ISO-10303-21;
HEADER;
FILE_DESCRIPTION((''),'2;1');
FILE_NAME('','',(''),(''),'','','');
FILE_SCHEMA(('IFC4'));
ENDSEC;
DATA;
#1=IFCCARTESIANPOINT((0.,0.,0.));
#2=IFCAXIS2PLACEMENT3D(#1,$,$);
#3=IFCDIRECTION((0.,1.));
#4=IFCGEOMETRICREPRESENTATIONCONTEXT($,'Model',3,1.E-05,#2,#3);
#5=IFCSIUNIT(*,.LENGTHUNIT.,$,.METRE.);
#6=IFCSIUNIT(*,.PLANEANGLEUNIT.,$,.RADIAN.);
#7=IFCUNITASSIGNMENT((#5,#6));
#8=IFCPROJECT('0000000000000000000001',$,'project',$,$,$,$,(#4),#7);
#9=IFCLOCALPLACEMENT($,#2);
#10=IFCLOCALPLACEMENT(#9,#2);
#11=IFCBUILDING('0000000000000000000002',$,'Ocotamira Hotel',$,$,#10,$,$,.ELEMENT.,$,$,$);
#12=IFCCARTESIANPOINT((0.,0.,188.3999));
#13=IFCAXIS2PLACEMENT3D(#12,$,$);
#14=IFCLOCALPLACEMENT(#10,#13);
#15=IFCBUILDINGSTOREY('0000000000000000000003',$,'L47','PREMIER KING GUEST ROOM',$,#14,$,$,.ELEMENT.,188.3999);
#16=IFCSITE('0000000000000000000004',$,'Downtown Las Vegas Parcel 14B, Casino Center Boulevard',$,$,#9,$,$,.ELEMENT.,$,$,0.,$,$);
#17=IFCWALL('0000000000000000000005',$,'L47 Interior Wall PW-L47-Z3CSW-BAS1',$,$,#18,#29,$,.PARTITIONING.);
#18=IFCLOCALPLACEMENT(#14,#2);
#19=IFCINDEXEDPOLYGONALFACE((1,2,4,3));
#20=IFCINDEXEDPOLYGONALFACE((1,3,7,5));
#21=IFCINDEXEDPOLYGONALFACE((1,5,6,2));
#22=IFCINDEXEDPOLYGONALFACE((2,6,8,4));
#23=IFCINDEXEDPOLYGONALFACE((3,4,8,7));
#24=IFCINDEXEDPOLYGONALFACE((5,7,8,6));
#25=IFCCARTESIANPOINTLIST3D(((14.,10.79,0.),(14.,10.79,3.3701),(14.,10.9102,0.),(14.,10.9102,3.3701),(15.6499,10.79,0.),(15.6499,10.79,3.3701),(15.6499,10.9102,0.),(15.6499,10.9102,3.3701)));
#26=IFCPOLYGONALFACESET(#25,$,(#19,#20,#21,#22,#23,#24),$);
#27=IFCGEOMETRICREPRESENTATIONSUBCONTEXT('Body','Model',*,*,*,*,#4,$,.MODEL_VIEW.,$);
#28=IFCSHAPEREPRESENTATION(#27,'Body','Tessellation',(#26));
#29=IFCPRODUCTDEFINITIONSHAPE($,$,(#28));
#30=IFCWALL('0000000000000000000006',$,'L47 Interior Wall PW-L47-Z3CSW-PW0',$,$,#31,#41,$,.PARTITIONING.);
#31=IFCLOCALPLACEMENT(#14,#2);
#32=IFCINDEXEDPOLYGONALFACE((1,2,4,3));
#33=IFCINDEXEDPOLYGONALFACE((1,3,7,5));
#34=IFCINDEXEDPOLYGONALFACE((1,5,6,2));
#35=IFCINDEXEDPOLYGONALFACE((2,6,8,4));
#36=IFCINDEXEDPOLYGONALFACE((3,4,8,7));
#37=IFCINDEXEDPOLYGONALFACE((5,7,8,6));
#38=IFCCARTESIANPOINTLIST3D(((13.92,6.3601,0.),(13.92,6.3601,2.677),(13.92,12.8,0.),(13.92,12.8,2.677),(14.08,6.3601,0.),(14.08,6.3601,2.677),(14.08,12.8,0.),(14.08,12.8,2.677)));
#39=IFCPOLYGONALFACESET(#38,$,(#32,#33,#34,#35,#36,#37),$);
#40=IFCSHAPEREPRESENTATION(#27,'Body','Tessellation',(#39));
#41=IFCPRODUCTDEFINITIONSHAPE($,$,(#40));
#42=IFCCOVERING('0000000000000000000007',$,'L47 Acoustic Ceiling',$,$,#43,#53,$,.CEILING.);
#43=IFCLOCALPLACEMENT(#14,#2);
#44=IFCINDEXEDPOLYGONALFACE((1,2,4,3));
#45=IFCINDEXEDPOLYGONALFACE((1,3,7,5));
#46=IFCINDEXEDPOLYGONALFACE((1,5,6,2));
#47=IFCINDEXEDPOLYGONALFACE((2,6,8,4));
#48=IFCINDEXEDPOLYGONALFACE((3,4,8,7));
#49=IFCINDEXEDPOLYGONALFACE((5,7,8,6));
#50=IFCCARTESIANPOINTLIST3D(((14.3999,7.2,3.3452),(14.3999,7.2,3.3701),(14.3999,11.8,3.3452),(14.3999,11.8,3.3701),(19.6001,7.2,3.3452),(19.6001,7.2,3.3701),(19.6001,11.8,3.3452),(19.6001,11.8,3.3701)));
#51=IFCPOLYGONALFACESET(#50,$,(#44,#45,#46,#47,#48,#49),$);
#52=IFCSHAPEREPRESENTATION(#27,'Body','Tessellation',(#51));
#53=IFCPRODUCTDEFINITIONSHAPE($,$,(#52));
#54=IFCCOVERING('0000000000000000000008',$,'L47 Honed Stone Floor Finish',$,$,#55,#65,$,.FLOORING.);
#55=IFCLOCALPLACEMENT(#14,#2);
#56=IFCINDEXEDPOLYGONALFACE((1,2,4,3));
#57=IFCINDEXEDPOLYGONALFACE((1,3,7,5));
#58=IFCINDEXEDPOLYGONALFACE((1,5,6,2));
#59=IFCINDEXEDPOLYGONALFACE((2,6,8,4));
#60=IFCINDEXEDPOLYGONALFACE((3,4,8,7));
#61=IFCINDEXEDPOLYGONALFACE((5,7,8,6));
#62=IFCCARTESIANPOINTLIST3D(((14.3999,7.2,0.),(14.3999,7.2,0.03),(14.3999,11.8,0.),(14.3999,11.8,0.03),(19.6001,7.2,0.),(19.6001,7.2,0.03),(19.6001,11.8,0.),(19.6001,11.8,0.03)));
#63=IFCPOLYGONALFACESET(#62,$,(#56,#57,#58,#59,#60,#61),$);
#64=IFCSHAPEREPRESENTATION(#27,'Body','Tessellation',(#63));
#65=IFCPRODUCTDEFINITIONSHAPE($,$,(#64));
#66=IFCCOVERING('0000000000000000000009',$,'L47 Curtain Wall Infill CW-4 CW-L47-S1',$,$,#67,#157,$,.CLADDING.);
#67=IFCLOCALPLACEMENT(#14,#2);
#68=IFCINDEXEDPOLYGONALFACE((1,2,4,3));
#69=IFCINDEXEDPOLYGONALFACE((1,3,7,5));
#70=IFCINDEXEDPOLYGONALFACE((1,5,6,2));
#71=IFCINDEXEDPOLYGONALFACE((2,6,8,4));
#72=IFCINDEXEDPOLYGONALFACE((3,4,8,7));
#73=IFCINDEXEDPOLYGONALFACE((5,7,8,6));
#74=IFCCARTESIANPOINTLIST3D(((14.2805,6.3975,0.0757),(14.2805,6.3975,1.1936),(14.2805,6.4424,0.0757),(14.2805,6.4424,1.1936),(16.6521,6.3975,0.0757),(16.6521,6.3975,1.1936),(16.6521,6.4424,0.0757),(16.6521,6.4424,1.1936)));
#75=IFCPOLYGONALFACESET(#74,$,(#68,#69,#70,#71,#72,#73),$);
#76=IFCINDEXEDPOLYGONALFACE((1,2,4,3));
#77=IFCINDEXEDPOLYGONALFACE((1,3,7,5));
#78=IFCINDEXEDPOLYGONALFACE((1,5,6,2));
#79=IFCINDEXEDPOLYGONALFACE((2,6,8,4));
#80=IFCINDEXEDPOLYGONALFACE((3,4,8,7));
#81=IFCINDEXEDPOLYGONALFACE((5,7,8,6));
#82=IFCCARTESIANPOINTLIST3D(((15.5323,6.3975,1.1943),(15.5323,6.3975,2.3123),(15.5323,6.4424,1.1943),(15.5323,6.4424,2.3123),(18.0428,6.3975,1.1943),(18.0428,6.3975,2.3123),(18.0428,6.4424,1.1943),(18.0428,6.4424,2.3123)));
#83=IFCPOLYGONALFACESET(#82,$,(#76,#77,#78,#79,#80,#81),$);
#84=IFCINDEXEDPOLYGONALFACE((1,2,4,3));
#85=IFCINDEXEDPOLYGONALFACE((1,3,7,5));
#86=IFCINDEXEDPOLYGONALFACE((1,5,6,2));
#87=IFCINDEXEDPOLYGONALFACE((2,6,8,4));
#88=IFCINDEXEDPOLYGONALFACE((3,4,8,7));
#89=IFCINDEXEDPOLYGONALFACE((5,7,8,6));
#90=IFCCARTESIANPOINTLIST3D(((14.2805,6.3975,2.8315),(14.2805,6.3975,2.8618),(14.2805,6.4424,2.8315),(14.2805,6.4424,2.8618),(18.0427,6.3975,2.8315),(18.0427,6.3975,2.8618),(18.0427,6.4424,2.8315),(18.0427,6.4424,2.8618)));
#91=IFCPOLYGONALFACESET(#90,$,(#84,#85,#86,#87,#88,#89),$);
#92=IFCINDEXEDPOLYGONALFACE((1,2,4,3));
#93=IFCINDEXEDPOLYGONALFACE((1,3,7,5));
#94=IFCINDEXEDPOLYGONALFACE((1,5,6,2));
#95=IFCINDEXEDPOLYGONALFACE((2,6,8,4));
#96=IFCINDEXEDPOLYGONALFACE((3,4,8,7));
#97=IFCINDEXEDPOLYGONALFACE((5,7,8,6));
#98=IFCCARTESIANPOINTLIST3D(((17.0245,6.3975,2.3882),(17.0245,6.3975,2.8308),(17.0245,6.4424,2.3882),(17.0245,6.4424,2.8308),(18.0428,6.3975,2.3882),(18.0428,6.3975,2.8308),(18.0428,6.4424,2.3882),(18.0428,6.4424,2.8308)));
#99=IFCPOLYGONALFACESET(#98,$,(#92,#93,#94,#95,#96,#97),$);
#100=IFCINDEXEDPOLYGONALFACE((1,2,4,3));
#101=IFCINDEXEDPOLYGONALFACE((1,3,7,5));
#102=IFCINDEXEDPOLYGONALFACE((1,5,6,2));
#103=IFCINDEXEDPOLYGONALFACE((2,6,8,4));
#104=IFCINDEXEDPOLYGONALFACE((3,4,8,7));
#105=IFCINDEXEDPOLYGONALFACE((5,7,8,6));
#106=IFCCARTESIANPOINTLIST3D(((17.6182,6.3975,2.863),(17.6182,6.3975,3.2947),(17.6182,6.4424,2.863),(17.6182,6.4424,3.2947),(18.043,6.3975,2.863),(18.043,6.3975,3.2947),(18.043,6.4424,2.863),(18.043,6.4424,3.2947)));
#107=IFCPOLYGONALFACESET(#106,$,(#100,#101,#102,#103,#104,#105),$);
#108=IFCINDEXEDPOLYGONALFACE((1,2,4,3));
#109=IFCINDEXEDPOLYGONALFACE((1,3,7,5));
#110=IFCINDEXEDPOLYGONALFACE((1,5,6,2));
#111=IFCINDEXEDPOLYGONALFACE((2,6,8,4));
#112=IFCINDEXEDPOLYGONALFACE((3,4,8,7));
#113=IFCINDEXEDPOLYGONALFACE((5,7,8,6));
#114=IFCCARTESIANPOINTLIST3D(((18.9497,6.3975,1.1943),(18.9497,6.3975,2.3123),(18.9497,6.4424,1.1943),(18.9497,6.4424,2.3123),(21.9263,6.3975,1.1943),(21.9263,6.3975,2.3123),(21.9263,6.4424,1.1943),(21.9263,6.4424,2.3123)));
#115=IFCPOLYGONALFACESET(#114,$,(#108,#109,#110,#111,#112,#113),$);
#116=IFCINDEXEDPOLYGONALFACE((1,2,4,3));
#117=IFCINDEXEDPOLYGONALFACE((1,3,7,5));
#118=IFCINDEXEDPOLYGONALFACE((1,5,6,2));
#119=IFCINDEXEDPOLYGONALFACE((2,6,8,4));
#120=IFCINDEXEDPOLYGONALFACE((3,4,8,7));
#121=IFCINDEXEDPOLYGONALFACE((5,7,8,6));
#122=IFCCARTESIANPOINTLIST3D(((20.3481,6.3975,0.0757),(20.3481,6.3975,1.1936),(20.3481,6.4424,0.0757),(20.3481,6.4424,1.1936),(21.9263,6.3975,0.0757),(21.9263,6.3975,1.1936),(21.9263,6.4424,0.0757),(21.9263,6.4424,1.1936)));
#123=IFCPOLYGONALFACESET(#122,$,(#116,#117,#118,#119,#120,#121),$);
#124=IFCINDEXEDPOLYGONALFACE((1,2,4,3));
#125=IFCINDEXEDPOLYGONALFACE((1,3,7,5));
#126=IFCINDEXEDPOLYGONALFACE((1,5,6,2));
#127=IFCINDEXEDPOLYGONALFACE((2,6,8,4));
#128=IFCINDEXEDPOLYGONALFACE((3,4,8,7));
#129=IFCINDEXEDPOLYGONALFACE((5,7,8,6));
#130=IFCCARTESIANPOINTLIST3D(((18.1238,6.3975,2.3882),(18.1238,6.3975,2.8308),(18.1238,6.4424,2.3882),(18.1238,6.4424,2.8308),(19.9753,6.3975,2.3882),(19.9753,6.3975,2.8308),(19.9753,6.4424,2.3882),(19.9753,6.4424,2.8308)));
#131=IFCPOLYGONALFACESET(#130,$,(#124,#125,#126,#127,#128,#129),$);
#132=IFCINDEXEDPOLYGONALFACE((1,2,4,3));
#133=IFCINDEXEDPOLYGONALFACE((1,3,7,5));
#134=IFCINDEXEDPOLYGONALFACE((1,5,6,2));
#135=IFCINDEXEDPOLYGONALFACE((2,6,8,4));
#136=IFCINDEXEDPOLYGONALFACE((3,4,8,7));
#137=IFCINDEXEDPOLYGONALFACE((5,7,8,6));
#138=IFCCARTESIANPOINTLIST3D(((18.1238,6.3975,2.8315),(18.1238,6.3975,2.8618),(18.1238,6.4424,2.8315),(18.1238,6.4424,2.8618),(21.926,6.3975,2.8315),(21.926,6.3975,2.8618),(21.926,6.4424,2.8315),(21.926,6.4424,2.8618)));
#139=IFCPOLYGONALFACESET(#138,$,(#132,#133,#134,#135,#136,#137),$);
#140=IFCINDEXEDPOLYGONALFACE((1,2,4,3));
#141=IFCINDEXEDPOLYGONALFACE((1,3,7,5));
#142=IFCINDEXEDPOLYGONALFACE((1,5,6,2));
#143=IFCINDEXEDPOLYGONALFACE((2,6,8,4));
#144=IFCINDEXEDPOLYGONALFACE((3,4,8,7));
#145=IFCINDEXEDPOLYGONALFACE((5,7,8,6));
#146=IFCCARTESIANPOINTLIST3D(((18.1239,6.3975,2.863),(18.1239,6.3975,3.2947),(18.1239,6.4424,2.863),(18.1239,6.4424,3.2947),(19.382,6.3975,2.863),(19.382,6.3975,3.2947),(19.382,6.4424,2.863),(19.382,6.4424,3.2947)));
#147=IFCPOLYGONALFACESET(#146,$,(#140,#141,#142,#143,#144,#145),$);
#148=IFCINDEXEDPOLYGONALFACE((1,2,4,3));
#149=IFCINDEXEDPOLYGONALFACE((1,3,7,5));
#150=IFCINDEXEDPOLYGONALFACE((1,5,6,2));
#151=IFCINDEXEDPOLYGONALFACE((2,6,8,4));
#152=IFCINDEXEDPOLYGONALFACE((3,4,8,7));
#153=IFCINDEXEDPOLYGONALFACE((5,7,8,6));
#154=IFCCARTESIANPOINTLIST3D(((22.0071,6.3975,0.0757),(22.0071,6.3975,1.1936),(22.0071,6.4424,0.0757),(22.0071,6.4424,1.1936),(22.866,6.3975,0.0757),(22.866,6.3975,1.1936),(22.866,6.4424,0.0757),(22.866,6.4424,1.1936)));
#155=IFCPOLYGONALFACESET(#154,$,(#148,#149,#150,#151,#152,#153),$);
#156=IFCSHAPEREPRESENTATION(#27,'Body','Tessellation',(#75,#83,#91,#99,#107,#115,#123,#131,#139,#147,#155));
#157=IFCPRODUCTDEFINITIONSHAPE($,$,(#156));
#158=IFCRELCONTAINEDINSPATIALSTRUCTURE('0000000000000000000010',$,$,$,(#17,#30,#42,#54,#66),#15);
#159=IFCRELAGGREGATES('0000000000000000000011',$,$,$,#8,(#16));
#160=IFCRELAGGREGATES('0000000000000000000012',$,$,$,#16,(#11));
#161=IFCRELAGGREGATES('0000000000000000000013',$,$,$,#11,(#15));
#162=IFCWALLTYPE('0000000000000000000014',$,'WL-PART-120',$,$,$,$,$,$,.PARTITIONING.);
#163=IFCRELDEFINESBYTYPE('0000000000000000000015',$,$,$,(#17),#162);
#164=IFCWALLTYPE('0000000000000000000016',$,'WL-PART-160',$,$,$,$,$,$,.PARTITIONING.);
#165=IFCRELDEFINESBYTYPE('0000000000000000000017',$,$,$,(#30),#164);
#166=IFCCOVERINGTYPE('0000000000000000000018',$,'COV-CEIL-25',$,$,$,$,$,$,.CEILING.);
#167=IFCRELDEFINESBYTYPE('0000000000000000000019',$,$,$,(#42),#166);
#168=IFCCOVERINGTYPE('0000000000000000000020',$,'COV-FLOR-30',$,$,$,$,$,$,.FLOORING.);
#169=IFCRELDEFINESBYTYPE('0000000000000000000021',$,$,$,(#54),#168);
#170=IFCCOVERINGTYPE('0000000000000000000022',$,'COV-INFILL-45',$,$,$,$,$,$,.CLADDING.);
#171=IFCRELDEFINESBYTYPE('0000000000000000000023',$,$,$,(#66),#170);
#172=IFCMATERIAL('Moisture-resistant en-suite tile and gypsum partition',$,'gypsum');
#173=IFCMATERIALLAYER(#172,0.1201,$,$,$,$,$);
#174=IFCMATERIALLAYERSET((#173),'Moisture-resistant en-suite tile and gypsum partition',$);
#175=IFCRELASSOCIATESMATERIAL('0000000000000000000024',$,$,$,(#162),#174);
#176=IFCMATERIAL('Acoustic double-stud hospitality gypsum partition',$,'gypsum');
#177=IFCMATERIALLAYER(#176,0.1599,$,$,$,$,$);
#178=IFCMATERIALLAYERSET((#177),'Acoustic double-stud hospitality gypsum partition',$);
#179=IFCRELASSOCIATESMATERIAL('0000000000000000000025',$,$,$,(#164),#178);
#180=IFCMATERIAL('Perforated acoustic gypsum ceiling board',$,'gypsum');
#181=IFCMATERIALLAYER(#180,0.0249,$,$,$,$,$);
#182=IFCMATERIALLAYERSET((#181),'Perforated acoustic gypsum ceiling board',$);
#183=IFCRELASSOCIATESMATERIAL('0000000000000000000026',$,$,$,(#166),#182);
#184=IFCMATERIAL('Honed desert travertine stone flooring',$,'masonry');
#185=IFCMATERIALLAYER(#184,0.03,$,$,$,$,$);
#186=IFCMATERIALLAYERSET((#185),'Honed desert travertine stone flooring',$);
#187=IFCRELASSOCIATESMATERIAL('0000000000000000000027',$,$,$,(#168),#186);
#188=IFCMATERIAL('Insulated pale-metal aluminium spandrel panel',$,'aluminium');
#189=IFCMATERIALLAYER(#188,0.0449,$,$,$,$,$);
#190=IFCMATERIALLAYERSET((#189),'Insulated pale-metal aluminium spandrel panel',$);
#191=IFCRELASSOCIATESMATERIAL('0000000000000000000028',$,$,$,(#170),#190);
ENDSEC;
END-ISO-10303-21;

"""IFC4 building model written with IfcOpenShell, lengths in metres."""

from ifc_helpers import new_model, si_unit, direction, frame, frame_2d, origin, origin_2d, place, context, subcontext, project, spatial, polyline, rectangle, outline, extrude, material, layer, layer_set, type_object, element, save


model = new_model("IFC4")

# Units and contexts
model_context = context("Model", 3, precision=1e-05, world=origin(), true_north=direction((0.0, 1.0)))
body_context = subcontext(model_context, "Body", "Model", "MODEL_VIEW")
ifc_project = project(units=[si_unit("LENGTHUNIT", "METRE"), si_unit("PLANEANGLEUNIT", "RADIAN")], contexts=[model_context])

# Site, building, storey
site_placement = place(None, origin())
site = spatial("IfcSite", under=ifc_project, at=site_placement, Name="Downtown Las Vegas Parcel 14B, Casino Center Boulevard", CompositionType="ELEMENT", RefElevation=0.0)
building_placement = place(site_placement, origin())
building = spatial("IfcBuilding", under=site, at=building_placement, Name="Ocotamira Hotel", CompositionType="ELEMENT")
storey_placement = place(building_placement, frame((0.0, 0.0, 188.3999)))
storey = spatial("IfcBuildingStorey", under=building, at=storey_placement, Name="L47", Description="PREMIER KING GUEST ROOM", CompositionType="ELEMENT", Elevation=188.3999)

# Walls
ifc_material_1 = material(Name="Moisture-resistant en-suite tile and gypsum partition", Category="gypsum")
ifc_layer_1 = layer(ifc_material_1, 0.1201)
ifc_layer_set_1 = layer_set([ifc_layer_1], Name="Moisture-resistant en-suite tile and gypsum partition")
wall_type_1 = type_object("IfcWallType", Name="WL-PART-120", PredefinedType="PARTITIONING", material=ifc_layer_set_1)
wall_1_placement = place(storey_placement, frame((14.0, 10.8501, 0.0), z_axis=(0.0, 0.0, 1.0), x_axis=(1.0, 0.0, 0.0)))
element("IfcWall", 1, at=wall_1_placement, inside=storey, type_object=wall_type_1, Name="L47 Interior Wall PW-L47-Z3CSW-BAS1", PredefinedType="PARTITIONING", context=body_context, shape_type="SweptSolid", body=[
    extrude(rectangle(XDim=1.6499, YDim=0.1201, at=frame_2d((0.825, 0.0))), origin(), (0.0, 0.0, 1.0), 3.3701),
])
ifc_material_2 = material(Name="Acoustic double-stud hospitality gypsum partition", Category="gypsum")
ifc_layer_2 = layer(ifc_material_2, 0.1599)
ifc_layer_set_2 = layer_set([ifc_layer_2], Name="Acoustic double-stud hospitality gypsum partition")
wall_type_2 = type_object("IfcWallType", Name="WL-PART-160", PredefinedType="PARTITIONING", material=ifc_layer_set_2)
wall_2_placement = place(storey_placement, frame((14.0, 6.3601, 0.0), z_axis=(0.0, 0.0, 1.0), x_axis=(0.0, 1.0, 0.0)))
element("IfcWall", 2, at=wall_2_placement, inside=storey, type_object=wall_type_2, Name="L47 Interior Wall PW-L47-Z3CSW-PW0", PredefinedType="PARTITIONING", context=body_context, shape_type="SweptSolid", body=[
    extrude(rectangle(XDim=6.4399, YDim=0.1599, at=frame_2d((3.22, 0.0))), origin(), (0.0, 0.0, 1.0), 2.677),
])

# Coverings
ifc_material_3 = material(Name="Perforated acoustic gypsum ceiling board", Category="gypsum")
ifc_layer_3 = layer(ifc_material_3, 0.0249)
ifc_layer_set_3 = layer_set([ifc_layer_3], Name="Perforated acoustic gypsum ceiling board")
covering_type_1 = type_object("IfcCoveringType", Name="COV-CEIL-25", PredefinedType="CEILING", material=ifc_layer_set_3)
covering_1_placement = place(storey_placement, frame((0.0, 0.0, 3.3452)))
element("IfcCovering", 3, at=covering_1_placement, inside=storey, type_object=covering_type_1, Name="L47 Acoustic Ceiling", PredefinedType="CEILING", context=body_context, shape_type="SweptSolid", body=[
    extrude(outline(polyline([(14.3999, 7.2), (19.6001, 7.2), (19.6001, 11.8), (14.3999, 11.8), (14.3999, 7.2)])), origin(), (0.0, 0.0, 1.0), 0.0249),
])
ifc_material_4 = material(Name="Honed desert travertine stone flooring", Category="masonry")
ifc_layer_4 = layer(ifc_material_4, 0.03)
ifc_layer_set_4 = layer_set([ifc_layer_4], Name="Honed desert travertine stone flooring")
covering_type_2 = type_object("IfcCoveringType", Name="COV-FLOR-30", PredefinedType="FLOORING", material=ifc_layer_set_4)
covering_2_placement = place(storey_placement, origin())
element("IfcCovering", 4, at=covering_2_placement, inside=storey, type_object=covering_type_2, Name="L47 Honed Stone Floor Finish", PredefinedType="FLOORING", context=body_context, shape_type="SweptSolid", body=[
    extrude(outline(polyline([(14.3999, 7.2), (19.6001, 7.2), (19.6001, 11.8), (14.3999, 11.8), (14.3999, 7.2)])), origin(), (0.0, 0.0, 1.0), 0.03),
])
ifc_material_5 = material(Name="Insulated pale-metal aluminium spandrel panel", Category="aluminium")
ifc_layer_5 = layer(ifc_material_5, 0.0449)
ifc_layer_set_5 = layer_set([ifc_layer_5], Name="Insulated pale-metal aluminium spandrel panel")
covering_type_3 = type_object("IfcCoveringType", Name="COV-INFILL-45", PredefinedType="CLADDING", material=ifc_layer_set_5)
covering_3_placement = place(storey_placement, origin())
element("IfcCovering", 5, at=covering_3_placement, inside=storey, type_object=covering_type_3, Name="L47 Curtain Wall Infill CW-4 CW-L47-S1", PredefinedType="CLADDING", context=body_context, shape_type="SweptSolid", body=[
    extrude(rectangle(XDim=2.3716, YDim=0.0449, at=origin_2d()), frame((15.4663, 6.4199, 0.0757), z_axis=(0.0, 0.0, 1.0), x_axis=(1.0, 0.0, 0.0)), (0.0, 0.0, 1.0), 1.1179),
    extrude(rectangle(XDim=2.5105, YDim=0.0449, at=origin_2d()), frame((16.7876, 6.4199, 1.1943), z_axis=(0.0, 0.0, 1.0), x_axis=(1.0, 0.0, 0.0)), (0.0, 0.0, 1.0), 1.1179),
    extrude(rectangle(XDim=3.7622, YDim=0.0449, at=origin_2d()), frame((16.1616, 6.4199, 2.8315), z_axis=(0.0, 0.0, 1.0), x_axis=(1.0, 0.0, 0.0)), (0.0, 0.0, 1.0), 0.0303),
    extrude(rectangle(XDim=1.0183, YDim=0.0449, at=origin_2d()), frame((17.5337, 6.4199, 2.3882), z_axis=(0.0, 0.0, 1.0), x_axis=(1.0, 0.0, 0.0)), (0.0, 0.0, 1.0), 0.4426),
    extrude(rectangle(XDim=0.4248, YDim=0.0449, at=origin_2d()), frame((17.8306, 6.4199, 2.863), z_axis=(0.0, 0.0, 1.0), x_axis=(1.0, 0.0, 0.0)), (0.0, 0.0, 1.0), 0.4316),
    extrude(rectangle(XDim=2.9766, YDim=0.0449, at=origin_2d()), frame((20.438, 6.4199, 1.1943), z_axis=(0.0, 0.0, 1.0), x_axis=(1.0, 0.0, 0.0)), (0.0, 0.0, 1.0), 1.1179),
    extrude(rectangle(XDim=1.5781, YDim=0.0449, at=origin_2d()), frame((21.1372, 6.4199, 0.0757), z_axis=(0.0, 0.0, 1.0), x_axis=(1.0, 0.0, 0.0)), (0.0, 0.0, 1.0), 1.1179),
    extrude(rectangle(XDim=1.8516, YDim=0.0449, at=origin_2d()), frame((19.0496, 6.4199, 2.3882), z_axis=(0.0, 0.0, 1.0), x_axis=(1.0, 0.0, 0.0)), (0.0, 0.0, 1.0), 0.4426),
    extrude(rectangle(XDim=3.8022, YDim=0.0449, at=origin_2d()), frame((20.0249, 6.4199, 2.8315), z_axis=(0.0, 0.0, 1.0), x_axis=(1.0, 0.0, 0.0)), (0.0, 0.0, 1.0), 0.0303),
    extrude(rectangle(XDim=1.2581, YDim=0.0449, at=origin_2d()), frame((18.7529, 6.4199, 2.863), z_axis=(0.0, 0.0, 1.0), x_axis=(1.0, 0.0, 0.0)), (0.0, 0.0, 1.0), 0.4316),
    extrude(rectangle(XDim=0.8589, YDim=0.0449, at=origin_2d()), frame((22.4365, 6.4199, 0.0757), z_axis=(0.0, 0.0, 1.0), x_axis=(1.0, 0.0, 0.0)), (0.0, 0.0, 1.0), 1.1179),
])

save(model, "model.ifc")
